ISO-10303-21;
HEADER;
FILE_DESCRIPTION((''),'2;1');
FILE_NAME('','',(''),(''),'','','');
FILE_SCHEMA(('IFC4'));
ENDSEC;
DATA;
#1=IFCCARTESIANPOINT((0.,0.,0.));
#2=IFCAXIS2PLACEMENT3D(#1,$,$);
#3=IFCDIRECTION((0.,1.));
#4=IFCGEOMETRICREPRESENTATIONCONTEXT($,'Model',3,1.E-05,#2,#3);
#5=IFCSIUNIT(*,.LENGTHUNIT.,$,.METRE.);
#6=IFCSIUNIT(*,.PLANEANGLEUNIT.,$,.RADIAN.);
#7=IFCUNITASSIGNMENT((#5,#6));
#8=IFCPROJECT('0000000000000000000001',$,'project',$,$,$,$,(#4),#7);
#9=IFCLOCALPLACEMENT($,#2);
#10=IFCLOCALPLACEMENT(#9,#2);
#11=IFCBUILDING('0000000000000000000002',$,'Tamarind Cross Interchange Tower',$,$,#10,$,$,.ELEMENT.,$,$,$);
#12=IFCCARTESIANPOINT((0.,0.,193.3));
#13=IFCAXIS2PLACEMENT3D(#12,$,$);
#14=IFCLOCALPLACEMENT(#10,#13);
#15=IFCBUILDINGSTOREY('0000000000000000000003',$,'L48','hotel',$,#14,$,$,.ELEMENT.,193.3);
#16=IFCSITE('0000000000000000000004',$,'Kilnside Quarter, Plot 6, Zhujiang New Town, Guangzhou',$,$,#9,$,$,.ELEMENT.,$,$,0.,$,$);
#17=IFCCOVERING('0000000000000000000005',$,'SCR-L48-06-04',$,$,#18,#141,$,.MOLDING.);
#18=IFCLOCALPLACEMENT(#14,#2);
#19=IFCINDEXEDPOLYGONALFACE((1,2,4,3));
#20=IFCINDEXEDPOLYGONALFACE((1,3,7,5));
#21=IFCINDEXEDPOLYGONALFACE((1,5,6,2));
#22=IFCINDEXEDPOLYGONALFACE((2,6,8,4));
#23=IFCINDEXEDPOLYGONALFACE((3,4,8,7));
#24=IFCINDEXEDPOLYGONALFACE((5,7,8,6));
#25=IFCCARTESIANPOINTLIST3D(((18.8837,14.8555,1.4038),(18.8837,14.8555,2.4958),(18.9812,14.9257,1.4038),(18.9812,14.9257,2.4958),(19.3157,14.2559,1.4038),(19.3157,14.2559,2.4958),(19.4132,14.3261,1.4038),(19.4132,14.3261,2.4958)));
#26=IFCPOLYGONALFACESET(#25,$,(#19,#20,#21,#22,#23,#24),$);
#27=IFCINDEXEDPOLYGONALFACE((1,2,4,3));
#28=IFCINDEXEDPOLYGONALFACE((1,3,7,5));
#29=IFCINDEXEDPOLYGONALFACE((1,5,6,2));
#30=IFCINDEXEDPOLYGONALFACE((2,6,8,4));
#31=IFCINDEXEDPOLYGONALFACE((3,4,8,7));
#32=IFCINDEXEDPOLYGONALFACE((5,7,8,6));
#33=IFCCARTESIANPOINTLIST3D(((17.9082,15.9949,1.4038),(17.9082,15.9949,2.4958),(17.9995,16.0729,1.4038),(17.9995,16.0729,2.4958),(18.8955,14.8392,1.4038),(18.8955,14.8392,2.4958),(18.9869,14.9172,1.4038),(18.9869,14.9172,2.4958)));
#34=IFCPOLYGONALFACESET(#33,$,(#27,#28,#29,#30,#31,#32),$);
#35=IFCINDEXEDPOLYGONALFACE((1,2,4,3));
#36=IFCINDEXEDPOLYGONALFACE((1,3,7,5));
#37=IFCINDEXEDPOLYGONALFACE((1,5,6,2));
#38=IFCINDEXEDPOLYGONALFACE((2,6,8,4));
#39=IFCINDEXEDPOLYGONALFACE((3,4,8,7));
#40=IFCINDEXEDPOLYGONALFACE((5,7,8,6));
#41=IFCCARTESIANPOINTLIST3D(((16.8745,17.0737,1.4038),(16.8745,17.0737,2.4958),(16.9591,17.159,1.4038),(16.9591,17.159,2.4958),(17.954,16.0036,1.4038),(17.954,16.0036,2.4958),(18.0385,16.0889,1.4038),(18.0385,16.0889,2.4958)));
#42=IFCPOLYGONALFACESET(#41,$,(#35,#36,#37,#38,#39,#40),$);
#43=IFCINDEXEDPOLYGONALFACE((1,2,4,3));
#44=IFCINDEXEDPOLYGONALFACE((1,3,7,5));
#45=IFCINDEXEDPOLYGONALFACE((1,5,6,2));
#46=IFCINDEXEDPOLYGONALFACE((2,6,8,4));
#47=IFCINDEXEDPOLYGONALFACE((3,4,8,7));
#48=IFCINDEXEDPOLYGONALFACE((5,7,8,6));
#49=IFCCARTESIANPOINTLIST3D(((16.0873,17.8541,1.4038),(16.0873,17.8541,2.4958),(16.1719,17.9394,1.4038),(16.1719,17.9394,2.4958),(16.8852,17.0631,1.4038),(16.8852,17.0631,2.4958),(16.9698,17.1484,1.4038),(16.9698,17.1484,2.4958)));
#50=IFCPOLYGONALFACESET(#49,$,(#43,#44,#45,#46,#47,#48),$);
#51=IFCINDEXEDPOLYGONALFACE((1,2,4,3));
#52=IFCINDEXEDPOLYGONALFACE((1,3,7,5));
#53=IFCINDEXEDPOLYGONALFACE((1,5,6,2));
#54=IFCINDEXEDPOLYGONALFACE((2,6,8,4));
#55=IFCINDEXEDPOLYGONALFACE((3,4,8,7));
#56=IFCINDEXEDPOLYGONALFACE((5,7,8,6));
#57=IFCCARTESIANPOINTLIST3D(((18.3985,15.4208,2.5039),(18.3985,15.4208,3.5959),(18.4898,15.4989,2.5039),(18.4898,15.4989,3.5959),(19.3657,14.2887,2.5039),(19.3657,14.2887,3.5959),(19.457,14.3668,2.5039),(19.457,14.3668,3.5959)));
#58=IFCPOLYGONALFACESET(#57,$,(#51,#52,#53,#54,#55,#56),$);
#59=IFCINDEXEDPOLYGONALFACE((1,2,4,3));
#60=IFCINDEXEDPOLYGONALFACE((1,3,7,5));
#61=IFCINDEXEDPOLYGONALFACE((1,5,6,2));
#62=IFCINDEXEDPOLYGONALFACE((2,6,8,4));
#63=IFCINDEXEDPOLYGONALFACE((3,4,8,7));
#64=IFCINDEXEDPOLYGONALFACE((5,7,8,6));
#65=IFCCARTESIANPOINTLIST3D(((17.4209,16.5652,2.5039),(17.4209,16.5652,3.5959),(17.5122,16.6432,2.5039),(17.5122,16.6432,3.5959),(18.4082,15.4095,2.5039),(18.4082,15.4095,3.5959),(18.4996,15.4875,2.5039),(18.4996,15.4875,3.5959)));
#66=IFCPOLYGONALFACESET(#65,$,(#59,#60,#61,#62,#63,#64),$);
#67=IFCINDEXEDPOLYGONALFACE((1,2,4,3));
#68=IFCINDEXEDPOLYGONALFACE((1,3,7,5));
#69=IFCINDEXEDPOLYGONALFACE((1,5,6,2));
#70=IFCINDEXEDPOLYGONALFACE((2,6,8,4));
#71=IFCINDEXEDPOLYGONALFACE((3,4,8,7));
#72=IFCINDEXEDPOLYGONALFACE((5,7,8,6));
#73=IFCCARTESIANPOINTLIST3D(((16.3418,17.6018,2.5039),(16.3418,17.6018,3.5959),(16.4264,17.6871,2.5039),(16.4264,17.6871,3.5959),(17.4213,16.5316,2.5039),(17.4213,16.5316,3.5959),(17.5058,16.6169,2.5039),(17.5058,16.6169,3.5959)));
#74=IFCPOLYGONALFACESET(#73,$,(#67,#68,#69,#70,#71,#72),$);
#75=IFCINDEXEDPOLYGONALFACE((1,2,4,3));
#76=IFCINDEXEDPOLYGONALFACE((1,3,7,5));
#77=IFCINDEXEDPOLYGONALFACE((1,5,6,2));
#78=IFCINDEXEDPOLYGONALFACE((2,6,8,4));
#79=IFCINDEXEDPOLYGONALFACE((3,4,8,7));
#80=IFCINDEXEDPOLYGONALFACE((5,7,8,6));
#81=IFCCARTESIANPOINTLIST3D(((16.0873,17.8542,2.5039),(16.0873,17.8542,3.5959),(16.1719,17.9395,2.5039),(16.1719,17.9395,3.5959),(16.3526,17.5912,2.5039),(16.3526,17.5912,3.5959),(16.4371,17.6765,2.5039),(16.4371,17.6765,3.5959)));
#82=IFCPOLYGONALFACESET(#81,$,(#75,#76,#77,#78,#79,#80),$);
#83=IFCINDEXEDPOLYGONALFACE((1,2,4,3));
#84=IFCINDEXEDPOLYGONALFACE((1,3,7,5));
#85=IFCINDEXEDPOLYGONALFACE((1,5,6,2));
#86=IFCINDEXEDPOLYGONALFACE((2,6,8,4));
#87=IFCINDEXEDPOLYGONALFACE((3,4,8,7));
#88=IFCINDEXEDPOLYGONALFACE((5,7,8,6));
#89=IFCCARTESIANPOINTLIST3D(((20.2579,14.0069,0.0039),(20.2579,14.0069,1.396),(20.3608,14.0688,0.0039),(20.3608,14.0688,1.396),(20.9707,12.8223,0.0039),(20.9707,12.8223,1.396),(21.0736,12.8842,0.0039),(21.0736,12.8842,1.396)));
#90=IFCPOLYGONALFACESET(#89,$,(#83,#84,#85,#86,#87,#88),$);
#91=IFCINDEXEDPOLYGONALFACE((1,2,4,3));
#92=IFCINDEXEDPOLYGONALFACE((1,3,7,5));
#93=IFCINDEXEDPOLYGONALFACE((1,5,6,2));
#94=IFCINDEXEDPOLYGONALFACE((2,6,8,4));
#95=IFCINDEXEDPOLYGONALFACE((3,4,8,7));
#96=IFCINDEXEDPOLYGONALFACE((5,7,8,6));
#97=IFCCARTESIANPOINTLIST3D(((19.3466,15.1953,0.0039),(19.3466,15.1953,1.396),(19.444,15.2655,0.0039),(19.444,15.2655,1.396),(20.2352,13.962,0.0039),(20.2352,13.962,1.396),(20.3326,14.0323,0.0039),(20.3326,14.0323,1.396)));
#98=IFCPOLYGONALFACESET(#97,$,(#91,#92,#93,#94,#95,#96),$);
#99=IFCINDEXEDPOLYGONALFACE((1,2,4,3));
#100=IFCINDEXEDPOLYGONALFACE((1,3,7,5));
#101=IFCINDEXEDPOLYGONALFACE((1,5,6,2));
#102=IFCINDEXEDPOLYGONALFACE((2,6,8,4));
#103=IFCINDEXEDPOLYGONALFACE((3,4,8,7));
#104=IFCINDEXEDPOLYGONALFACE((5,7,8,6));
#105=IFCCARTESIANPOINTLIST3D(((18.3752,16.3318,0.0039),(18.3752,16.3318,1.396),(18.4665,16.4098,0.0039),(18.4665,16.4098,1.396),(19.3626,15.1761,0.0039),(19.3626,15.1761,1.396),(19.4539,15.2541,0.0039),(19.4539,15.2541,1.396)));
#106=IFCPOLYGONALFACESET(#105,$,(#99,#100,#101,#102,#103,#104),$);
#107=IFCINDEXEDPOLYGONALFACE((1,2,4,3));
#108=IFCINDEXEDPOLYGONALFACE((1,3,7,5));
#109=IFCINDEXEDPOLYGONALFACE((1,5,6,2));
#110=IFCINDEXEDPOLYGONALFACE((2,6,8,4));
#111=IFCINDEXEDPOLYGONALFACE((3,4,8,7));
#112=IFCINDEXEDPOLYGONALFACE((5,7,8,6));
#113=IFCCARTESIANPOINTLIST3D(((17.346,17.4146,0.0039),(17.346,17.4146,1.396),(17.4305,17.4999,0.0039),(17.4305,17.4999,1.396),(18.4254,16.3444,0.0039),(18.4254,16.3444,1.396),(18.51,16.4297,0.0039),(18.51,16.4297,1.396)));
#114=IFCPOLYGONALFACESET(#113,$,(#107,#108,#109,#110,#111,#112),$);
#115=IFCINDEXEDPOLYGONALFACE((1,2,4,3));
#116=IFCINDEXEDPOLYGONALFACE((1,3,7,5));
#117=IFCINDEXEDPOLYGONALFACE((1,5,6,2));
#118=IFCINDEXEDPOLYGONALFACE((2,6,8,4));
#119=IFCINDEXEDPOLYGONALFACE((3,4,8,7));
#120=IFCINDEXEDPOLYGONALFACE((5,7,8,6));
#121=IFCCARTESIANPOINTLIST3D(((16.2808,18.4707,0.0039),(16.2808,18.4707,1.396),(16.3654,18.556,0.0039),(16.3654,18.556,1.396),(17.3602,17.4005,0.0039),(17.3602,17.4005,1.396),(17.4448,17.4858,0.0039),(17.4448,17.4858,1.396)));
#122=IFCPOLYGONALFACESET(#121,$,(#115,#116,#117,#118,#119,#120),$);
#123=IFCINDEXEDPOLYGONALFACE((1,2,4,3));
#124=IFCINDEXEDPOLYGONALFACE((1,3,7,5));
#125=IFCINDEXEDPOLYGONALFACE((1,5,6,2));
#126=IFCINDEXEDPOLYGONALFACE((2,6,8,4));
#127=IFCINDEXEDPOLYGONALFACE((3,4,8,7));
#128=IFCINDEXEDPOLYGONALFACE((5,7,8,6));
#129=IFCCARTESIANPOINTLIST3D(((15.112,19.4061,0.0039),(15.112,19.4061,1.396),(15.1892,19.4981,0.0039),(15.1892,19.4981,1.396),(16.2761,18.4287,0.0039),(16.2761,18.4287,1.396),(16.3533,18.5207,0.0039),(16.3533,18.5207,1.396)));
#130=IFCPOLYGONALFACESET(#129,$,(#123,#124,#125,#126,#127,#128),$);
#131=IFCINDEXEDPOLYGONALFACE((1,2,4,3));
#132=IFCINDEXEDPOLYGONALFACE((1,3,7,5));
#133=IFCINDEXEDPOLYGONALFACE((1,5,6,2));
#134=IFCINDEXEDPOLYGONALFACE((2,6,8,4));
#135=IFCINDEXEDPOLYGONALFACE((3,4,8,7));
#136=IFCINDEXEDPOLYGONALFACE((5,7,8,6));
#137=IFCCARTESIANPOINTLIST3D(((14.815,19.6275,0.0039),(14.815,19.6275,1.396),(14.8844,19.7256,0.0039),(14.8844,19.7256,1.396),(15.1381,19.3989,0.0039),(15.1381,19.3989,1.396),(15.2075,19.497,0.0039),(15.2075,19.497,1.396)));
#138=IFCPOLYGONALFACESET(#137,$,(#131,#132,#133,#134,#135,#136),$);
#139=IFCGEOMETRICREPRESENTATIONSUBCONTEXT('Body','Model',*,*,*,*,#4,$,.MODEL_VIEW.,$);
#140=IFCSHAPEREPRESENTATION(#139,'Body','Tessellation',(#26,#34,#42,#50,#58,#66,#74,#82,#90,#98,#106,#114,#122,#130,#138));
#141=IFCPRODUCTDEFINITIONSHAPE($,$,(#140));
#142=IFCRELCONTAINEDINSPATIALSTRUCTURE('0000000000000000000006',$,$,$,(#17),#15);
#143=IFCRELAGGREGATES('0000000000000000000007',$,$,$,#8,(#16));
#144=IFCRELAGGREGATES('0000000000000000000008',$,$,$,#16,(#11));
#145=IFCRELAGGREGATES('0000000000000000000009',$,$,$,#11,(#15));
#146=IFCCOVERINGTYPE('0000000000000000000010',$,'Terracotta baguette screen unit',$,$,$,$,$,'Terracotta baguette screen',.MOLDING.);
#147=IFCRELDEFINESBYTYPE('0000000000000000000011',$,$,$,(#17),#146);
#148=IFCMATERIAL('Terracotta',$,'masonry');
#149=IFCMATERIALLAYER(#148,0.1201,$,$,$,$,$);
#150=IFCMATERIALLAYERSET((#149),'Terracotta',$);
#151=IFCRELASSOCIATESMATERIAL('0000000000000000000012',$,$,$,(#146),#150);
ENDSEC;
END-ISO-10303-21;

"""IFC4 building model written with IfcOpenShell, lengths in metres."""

from ifc_helpers import new_model, si_unit, direction, frame, origin, origin_2d, place, context, subcontext, project, spatial, rectangle, extrude, material, layer, layer_set, type_object, element, save


model = new_model("IFC4")

# Units and contexts
model_context = context("Model", 3, precision=1e-05, world=origin(), true_north=direction((0.0, 1.0)))
body_context = subcontext(model_context, "Body", "Model", "MODEL_VIEW")
ifc_project = project(units=[si_unit("LENGTHUNIT", "METRE"), si_unit("PLANEANGLEUNIT", "RADIAN")], contexts=[model_context])

# Site, building, storey
site_placement = place(None, origin())
site = spatial("IfcSite", under=ifc_project, at=site_placement, Name="Kilnside Quarter, Plot 6, Zhujiang New Town, Guangzhou", CompositionType="ELEMENT", RefElevation=0.0)
building_placement = place(site_placement, origin())
building = spatial("IfcBuilding", under=site, at=building_placement, Name="Tamarind Cross Interchange Tower", CompositionType="ELEMENT")
storey_placement = place(building_placement, frame((0.0, 0.0, 193.3)))
storey = spatial("IfcBuildingStorey", under=building, at=storey_placement, Name="L48", Description="hotel", CompositionType="ELEMENT", Elevation=193.3)

# Covering
ifc_material_1 = material(Name="Terracotta", Category="masonry")
ifc_layer_1 = layer(ifc_material_1, 0.1201)
ifc_layer_set_1 = layer_set([ifc_layer_1], Name="Terracotta")
covering_type = type_object("IfcCoveringType", Name="Terracotta baguette screen unit", ElementType="Terracotta baguette screen", PredefinedType="MOLDING", material=ifc_layer_set_1)
covering_1_placement = place(storey_placement, origin())
element("IfcCovering", 1, at=covering_1_placement, inside=storey, type_object=covering_type, Name="SCR-L48-06-04", PredefinedType="MOLDING", context=body_context, shape_type="SweptSolid", body=[
    extrude(rectangle(XDim=0.739, YDim=0.1201, at=origin_2d()), frame((19.1484, 14.5908, 1.4038), z_axis=(0.0, 0.0, 1.0), x_axis=(-0.584574, 0.81134, 0.0)), (0.0, 0.0, 1.0), 1.092),
    extrude(rectangle(XDim=1.52, YDim=0.1201, at=origin_2d()), frame((18.4475, 15.4561, 1.4038), z_axis=(0.0, 0.0, 1.0), x_axis=(-0.649577, 0.760296, 0.0)), (0.0, 0.0, 1.0), 1.092),
    extrude(rectangle(XDim=1.52, YDim=0.1201, at=origin_2d()), frame((17.4565, 16.5813, 1.4038), z_axis=(0.0, 0.0, 1.0), x_axis=(-0.710143, 0.704057, 0.0)), (0.0, 0.0, 1.0), 1.092),
    extrude(rectangle(XDim=1.1235, YDim=0.1201, at=origin_2d()), frame((16.5286, 17.5012, 1.4038), z_axis=(0.0, 0.0, 1.0), x_axis=(-0.710143, 0.704057, 0.0)), (0.0, 0.0, 1.0), 1.092),
    extrude(rectangle(XDim=1.489, YDim=0.1201, at=origin_2d()), frame((18.9277, 14.8938, 2.5039), z_axis=(0.0, 0.0, 1.0), x_axis=(-0.649577, 0.760296, 0.0)), (0.0, 0.0, 1.0), 1.092),
    extrude(rectangle(XDim=1.52, YDim=0.1201, at=origin_2d()), frame((17.9602, 16.0264, 2.5039), z_axis=(0.0, 0.0, 1.0), x_axis=(-0.649577, 0.760296, 0.0)), (0.0, 0.0, 1.0), 1.092),
    extrude(rectangle(XDim=1.52, YDim=0.1201, at=origin_2d()), frame((16.9238, 17.1094, 2.5039), z_axis=(0.0, 0.0, 1.0), x_axis=(-0.710143, 0.704057, 0.0)), (0.0, 0.0, 1.0), 1.092),
    extrude(rectangle(XDim=0.3735, YDim=0.1201, at=origin_2d()), frame((16.2622, 17.7654, 2.5039), z_axis=(0.0, 0.0, 1.0), x_axis=(-0.710143, 0.704057, 0.0)), (0.0, 0.0, 1.0), 1.092),
    extrude(rectangle(XDim=1.3826, YDim=0.1201, at=origin_2d()), frame((20.6658, 13.4456, 0.0039), z_axis=(0.0, 0.0, 1.0), x_axis=(-0.515577, 0.856843, 0.0)), (0.0, 0.0, 1.0), 1.3921),
    extrude(rectangle(XDim=1.52, YDim=0.1201, at=origin_2d()), frame((19.8396, 14.6138, 0.0039), z_axis=(0.0, 0.0, 1.0), x_axis=(-0.584574, 0.81134, 0.0)), (0.0, 0.0, 1.0), 1.3921),
    extrude(rectangle(XDim=1.52, YDim=0.1201, at=origin_2d()), frame((18.9146, 15.793, 0.0039), z_axis=(0.0, 0.0, 1.0), x_axis=(-0.649577, 0.760296, 0.0)), (0.0, 0.0, 1.0), 1.3921),
    extrude(rectangle(XDim=1.52, YDim=0.1201, at=origin_2d()), frame((17.928, 16.9221, 0.0039), z_axis=(0.0, 0.0, 1.0), x_axis=(-0.710143, 0.704057, 0.0)), (0.0, 0.0, 1.0), 1.3921),
    extrude(rectangle(XDim=1.52, YDim=0.1201, at=origin_2d()), frame((16.8628, 17.9783, 0.0039), z_axis=(0.0, 0.0, 1.0), x_axis=(-0.710143, 0.704057, 0.0)), (0.0, 0.0, 1.0), 1.3921),
    extrude(rectangle(XDim=1.52, YDim=0.1201, at=origin_2d()), frame((15.7327, 18.9634, 0.0039), z_axis=(0.0, 0.0, 1.0), x_axis=(-0.765858, 0.643009, 0.0)), (0.0, 0.0, 1.0), 1.3921),
    extrude(rectangle(XDim=0.3958, YDim=0.1201, at=origin_2d()), frame((15.0112, 19.5623, 0.0039), z_axis=(0.0, 0.0, 1.0), x_axis=(-0.816342, 0.577569, 0.0)), (0.0, 0.0, 1.0), 1.3921),
])

save(model, "model.ifc")
